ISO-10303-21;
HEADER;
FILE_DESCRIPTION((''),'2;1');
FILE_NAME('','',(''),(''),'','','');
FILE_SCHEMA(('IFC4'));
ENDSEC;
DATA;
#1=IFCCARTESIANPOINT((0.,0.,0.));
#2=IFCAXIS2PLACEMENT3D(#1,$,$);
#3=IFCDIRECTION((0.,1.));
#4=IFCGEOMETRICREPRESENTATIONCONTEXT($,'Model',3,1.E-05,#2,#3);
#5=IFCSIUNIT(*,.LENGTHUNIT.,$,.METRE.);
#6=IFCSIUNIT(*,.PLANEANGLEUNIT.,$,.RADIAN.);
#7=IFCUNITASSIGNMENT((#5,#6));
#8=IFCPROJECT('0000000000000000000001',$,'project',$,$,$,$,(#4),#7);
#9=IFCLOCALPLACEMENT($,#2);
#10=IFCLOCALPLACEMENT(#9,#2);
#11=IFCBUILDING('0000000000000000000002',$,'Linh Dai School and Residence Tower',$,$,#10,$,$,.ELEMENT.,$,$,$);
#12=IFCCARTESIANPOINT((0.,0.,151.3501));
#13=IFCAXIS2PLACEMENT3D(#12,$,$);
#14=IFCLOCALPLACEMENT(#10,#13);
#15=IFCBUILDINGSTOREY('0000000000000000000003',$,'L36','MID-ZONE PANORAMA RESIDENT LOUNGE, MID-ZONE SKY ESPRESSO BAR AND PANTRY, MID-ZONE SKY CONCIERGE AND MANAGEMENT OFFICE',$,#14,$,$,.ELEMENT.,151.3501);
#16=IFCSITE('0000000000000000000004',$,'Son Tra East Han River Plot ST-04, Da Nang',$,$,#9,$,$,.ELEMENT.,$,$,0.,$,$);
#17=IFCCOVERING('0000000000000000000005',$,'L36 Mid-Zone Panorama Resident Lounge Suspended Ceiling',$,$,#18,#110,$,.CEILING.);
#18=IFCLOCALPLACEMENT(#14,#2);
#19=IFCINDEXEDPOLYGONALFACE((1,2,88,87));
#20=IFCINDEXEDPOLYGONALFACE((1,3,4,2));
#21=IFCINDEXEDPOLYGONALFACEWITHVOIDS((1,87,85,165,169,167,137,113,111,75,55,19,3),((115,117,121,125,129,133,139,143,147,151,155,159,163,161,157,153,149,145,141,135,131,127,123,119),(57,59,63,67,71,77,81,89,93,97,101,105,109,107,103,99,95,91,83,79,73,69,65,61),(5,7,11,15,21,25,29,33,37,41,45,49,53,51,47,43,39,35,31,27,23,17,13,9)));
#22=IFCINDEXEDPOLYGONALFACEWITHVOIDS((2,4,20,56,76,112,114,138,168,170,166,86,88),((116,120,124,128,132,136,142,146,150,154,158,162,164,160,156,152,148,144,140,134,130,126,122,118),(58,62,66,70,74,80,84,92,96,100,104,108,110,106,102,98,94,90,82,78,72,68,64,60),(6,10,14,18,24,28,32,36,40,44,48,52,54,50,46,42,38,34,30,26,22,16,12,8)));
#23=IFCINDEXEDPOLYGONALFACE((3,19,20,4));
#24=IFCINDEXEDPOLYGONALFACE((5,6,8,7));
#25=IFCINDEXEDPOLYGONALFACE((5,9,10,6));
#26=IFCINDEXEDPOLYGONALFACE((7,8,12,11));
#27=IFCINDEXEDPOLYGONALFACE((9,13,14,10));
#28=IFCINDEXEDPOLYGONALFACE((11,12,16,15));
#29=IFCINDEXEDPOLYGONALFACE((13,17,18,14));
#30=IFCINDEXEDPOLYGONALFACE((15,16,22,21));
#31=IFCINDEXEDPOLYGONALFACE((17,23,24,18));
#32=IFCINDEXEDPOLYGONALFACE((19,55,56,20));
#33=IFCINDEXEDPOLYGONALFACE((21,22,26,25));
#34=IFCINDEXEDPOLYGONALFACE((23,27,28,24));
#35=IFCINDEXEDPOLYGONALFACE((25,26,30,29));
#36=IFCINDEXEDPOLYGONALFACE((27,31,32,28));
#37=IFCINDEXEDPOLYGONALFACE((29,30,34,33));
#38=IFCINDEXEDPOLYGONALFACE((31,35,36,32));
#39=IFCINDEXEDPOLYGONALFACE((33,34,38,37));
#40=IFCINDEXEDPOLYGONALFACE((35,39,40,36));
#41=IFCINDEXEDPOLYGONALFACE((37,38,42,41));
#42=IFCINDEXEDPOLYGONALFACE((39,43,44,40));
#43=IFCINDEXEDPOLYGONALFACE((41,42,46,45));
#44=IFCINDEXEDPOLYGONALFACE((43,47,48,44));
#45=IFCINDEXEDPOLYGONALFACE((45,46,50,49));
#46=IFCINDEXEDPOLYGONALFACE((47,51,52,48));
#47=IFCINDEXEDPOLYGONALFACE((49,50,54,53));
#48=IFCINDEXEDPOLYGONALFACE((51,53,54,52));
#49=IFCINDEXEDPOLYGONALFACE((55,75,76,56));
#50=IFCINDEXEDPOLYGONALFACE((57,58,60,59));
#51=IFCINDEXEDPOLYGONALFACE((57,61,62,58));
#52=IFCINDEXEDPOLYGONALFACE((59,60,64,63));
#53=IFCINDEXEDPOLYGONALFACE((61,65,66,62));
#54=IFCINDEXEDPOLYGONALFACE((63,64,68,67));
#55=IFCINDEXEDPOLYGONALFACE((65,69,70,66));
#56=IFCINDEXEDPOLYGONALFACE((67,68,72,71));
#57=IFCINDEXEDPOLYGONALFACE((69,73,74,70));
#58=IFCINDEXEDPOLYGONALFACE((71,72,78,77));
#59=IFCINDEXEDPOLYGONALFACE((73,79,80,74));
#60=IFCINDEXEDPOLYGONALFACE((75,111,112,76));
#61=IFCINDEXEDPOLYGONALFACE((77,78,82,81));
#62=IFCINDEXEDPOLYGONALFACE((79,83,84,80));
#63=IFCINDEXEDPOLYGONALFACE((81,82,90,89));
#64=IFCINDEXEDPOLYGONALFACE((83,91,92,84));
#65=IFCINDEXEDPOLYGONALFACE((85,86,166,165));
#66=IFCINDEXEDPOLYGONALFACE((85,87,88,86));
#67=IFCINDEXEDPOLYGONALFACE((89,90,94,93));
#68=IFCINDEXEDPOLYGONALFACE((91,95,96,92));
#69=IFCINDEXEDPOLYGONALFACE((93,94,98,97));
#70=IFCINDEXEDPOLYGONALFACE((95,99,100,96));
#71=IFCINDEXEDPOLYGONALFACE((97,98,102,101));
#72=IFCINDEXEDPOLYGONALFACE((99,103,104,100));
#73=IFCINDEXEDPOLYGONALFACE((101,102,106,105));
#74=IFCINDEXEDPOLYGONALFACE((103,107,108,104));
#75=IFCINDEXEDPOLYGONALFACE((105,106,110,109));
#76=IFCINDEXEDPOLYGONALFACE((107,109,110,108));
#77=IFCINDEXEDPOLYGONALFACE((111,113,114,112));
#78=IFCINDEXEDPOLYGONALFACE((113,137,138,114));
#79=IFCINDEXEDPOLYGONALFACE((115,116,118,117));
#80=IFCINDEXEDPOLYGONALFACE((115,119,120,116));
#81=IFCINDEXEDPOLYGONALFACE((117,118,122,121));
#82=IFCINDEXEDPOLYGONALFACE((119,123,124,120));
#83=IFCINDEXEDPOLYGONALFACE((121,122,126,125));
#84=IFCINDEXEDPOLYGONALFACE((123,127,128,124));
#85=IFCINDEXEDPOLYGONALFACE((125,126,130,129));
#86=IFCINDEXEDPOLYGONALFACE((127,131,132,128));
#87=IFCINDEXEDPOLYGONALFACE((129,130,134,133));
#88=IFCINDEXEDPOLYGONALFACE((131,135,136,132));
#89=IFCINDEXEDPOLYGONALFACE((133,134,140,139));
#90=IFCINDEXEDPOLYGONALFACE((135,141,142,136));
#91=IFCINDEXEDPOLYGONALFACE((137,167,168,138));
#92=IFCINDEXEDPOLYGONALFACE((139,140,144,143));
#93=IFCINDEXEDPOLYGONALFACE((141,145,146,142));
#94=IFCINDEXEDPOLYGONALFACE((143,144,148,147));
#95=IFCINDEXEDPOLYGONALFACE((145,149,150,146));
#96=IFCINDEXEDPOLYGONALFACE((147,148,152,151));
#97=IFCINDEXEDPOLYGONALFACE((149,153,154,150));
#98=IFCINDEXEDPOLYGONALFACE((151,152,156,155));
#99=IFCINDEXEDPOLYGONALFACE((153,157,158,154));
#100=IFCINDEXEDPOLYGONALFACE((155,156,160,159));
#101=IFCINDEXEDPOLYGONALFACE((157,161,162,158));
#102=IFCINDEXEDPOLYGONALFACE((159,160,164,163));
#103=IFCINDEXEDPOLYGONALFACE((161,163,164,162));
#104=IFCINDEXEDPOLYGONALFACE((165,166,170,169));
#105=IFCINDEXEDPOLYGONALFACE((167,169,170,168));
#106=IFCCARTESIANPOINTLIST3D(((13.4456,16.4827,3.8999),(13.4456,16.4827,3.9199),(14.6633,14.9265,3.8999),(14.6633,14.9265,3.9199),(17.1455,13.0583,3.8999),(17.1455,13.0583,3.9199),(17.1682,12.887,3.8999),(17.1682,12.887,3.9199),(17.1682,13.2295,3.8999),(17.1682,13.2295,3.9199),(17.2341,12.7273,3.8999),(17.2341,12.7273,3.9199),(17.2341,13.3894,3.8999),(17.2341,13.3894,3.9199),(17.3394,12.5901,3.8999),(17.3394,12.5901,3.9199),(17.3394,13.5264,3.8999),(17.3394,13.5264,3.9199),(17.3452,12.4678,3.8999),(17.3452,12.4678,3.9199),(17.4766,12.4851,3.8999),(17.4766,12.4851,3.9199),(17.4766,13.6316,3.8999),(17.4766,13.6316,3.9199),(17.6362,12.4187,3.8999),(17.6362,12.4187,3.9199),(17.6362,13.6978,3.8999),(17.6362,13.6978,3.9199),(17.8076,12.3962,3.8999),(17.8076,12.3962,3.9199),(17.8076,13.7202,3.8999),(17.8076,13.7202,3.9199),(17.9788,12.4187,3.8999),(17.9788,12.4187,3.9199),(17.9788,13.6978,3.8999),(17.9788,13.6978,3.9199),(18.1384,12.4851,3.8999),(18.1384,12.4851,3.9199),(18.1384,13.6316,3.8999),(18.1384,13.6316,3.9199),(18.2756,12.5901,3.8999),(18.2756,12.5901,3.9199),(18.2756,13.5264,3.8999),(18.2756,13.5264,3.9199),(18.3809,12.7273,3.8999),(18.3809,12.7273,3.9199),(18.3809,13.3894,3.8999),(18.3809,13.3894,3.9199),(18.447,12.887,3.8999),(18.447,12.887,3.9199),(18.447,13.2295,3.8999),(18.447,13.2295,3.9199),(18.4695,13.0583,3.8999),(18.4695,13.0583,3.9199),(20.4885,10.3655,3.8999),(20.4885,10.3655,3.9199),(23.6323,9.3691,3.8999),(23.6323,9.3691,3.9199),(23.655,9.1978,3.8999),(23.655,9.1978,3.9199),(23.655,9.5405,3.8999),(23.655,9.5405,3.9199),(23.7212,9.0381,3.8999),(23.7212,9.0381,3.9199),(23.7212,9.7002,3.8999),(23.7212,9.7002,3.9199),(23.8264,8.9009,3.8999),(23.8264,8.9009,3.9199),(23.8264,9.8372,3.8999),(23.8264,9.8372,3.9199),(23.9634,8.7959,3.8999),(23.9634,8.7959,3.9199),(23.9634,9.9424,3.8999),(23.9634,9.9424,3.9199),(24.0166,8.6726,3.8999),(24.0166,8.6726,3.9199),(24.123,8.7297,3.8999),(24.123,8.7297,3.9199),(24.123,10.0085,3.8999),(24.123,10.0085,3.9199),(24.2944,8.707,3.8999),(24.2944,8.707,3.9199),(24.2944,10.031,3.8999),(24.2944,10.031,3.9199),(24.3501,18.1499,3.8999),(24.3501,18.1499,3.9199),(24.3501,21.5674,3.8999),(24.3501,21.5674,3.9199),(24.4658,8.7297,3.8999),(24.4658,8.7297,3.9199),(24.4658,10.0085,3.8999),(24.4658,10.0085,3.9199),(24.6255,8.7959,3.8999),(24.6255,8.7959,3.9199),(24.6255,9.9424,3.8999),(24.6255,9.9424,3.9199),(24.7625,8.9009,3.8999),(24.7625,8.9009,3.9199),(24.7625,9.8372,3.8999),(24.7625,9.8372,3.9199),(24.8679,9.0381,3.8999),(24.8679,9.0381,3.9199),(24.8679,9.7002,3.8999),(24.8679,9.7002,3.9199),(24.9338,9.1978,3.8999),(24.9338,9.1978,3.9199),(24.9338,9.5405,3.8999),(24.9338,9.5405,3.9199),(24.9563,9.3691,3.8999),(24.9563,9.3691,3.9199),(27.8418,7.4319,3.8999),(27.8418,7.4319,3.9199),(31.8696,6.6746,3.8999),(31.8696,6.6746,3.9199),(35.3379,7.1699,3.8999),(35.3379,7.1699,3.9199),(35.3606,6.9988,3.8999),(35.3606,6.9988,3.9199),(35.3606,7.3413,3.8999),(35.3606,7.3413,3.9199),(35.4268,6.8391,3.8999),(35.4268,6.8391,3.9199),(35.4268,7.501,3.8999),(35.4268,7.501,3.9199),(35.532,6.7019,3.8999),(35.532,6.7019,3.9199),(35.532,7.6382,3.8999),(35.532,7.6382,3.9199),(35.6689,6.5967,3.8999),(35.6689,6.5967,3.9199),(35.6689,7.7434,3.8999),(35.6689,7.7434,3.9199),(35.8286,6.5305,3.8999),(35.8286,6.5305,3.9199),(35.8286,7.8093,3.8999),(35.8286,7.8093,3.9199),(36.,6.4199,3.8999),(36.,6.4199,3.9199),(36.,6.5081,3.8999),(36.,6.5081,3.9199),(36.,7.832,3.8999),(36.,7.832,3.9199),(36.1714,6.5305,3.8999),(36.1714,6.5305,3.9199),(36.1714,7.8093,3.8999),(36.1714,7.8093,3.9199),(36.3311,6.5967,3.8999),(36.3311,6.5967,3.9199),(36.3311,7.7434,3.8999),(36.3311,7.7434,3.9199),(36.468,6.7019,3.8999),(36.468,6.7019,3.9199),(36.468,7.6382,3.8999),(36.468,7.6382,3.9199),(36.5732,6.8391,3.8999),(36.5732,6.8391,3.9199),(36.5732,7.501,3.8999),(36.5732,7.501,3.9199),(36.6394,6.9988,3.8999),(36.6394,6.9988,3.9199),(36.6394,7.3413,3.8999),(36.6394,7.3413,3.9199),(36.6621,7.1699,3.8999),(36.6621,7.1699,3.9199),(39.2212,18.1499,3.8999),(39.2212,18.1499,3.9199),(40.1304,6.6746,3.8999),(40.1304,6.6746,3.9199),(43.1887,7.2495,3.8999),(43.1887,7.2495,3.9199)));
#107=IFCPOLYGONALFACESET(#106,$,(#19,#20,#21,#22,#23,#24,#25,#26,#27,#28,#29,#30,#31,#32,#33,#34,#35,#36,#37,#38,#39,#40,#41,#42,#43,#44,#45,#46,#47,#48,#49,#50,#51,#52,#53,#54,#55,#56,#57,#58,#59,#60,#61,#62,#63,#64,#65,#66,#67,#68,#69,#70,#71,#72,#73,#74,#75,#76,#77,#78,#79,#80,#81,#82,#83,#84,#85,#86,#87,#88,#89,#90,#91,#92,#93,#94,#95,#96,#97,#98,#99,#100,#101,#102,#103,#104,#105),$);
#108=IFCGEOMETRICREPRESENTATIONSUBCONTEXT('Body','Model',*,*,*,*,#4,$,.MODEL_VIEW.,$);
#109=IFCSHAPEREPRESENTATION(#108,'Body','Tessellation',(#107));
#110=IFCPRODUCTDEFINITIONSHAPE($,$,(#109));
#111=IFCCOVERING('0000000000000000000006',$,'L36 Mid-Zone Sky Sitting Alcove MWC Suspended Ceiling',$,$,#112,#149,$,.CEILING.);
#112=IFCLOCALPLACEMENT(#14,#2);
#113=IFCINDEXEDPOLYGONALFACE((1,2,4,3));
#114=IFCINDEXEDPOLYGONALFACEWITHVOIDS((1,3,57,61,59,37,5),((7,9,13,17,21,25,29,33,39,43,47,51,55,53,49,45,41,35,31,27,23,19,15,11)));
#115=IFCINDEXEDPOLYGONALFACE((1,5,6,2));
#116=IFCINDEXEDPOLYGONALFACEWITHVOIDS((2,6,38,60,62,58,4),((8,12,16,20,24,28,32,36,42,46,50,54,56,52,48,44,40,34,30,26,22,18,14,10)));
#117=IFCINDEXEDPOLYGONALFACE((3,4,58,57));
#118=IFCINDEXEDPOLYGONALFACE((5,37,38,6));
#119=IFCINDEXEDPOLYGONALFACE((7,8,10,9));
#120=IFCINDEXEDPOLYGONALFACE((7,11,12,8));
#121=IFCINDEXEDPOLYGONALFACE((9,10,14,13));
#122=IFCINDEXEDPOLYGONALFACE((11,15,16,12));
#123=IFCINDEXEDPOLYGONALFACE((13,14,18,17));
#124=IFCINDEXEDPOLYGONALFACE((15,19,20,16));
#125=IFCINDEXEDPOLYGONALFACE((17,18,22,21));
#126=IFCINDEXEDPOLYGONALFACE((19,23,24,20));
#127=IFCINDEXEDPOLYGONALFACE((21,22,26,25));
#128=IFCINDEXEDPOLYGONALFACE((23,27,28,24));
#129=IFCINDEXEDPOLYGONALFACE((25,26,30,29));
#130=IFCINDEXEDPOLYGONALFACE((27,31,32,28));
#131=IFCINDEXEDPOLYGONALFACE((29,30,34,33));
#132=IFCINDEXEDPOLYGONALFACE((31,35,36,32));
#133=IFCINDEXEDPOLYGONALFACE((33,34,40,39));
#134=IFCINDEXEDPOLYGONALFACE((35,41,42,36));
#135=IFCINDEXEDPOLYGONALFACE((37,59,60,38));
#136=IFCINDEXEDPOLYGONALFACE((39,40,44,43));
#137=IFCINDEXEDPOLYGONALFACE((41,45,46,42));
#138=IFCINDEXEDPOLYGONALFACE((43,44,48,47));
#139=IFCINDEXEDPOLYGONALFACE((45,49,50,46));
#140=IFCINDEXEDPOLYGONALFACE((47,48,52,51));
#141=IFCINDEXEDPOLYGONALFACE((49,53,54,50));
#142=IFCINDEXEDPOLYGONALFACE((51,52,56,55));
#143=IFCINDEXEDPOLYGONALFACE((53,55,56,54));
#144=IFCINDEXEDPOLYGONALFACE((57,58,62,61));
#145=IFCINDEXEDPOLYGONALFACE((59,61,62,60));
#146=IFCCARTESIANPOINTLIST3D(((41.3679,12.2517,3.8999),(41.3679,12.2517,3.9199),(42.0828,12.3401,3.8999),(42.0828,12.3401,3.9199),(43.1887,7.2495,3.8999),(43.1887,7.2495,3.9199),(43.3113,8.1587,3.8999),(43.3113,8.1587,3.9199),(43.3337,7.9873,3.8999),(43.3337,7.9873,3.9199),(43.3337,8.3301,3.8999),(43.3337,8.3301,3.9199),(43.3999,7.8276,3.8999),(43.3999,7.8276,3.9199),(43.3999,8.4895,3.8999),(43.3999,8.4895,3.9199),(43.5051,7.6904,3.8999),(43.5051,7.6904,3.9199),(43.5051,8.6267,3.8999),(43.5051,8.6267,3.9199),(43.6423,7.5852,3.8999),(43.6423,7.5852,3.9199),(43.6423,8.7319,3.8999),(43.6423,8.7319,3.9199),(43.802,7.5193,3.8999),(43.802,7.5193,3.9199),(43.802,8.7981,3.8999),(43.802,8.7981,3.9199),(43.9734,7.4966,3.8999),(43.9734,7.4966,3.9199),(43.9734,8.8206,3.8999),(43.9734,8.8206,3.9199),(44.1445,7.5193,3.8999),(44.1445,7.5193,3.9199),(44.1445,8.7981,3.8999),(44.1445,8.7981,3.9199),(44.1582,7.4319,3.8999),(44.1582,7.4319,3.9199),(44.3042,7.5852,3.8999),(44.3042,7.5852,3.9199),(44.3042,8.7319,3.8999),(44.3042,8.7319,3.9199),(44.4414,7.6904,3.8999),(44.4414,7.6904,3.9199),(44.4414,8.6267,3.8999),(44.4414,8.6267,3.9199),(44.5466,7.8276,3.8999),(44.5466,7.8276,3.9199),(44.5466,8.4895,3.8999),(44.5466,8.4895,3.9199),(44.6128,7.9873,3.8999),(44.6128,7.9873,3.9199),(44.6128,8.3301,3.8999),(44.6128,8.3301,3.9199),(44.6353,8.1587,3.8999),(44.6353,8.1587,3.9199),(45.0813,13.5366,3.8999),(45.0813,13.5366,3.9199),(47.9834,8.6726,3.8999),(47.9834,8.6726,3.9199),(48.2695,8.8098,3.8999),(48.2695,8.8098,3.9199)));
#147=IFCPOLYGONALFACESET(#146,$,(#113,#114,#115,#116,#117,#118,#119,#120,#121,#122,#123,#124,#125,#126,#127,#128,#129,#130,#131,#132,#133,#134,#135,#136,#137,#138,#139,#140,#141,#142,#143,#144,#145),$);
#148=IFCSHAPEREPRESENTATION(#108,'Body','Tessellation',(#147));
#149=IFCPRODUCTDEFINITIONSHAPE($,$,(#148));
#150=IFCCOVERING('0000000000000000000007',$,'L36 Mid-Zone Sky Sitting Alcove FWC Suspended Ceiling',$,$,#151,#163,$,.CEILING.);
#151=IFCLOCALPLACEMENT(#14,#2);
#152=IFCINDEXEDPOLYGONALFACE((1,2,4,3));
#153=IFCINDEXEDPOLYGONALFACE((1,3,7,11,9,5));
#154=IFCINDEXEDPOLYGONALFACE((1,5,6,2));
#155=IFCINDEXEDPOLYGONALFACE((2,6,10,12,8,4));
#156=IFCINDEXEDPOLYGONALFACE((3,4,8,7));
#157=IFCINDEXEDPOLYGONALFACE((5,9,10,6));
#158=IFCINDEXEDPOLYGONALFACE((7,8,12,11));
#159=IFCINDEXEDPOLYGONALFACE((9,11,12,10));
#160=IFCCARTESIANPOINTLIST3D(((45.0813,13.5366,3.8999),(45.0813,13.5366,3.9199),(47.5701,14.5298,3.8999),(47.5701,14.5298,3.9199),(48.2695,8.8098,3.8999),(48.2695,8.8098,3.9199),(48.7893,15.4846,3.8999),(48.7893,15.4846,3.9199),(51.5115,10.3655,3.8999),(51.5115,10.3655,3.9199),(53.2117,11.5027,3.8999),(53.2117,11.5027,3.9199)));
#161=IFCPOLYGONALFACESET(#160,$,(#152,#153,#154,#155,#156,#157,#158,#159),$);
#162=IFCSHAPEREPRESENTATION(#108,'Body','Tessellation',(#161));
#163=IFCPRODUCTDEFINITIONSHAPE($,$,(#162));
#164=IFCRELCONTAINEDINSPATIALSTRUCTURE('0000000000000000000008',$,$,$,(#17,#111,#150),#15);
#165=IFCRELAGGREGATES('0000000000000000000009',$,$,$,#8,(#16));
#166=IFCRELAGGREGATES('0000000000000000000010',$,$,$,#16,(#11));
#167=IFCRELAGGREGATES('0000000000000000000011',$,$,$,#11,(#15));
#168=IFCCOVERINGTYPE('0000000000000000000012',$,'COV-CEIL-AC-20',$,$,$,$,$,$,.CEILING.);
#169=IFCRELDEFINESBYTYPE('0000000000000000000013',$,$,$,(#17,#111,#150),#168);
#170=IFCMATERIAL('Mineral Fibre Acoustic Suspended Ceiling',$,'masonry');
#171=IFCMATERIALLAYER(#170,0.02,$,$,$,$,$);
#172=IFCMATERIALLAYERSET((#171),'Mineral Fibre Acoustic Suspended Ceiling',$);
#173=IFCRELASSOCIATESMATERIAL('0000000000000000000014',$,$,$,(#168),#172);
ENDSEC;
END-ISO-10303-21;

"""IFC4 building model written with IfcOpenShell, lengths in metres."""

from ifc_helpers import new_model, si_unit, direction, frame, origin, place, context, subcontext, project, spatial, polyline, outline, extrude, material, layer, layer_set, type_object, element, save


model = new_model("IFC4")

# Units and contexts
model_context = context("Model", 3, precision=1e-05, world=origin(), true_north=direction((0.0, 1.0)))
body_context = subcontext(model_context, "Body", "Model", "MODEL_VIEW")
ifc_project = project(units=[si_unit("LENGTHUNIT", "METRE"), si_unit("PLANEANGLEUNIT", "RADIAN")], contexts=[model_context])

# Site, building, storey
site_placement = place(None, origin())
site = spatial("IfcSite", under=ifc_project, at=site_placement, Name="Son Tra East Han River Plot ST-04, Da Nang", CompositionType="ELEMENT", RefElevation=0.0)
building_placement = place(site_placement, origin())
building = spatial("IfcBuilding", under=site, at=building_placement, Name="Linh Dai School and Residence Tower", CompositionType="ELEMENT")
storey_placement = place(building_placement, frame((0.0, 0.0, 151.3501)))
storey = spatial("IfcBuildingStorey", under=building, at=storey_placement, Name="L36", Description="MID-ZONE PANORAMA RESIDENT LOUNGE, MID-ZONE SKY ESPRESSO BAR AND PANTRY, MID-ZONE SKY CONCIERGE AND MANAGEMENT OFFICE", CompositionType="ELEMENT", Elevation=151.3501)

# Coverings
ifc_material_1 = material(Name="Mineral Fibre Acoustic Suspended Ceiling", Category="masonry")
ifc_layer_1 = layer(ifc_material_1, 0.02)
ifc_layer_set_1 = layer_set([ifc_layer_1], Name="Mineral Fibre Acoustic Suspended Ceiling")
covering_type_1 = type_object("IfcCoveringType", Name="COV-CEIL-AC-20", PredefinedType="CEILING", material=ifc_layer_set_1)
covering_1_placement = place(storey_placement, frame((0.0, 0.0, 3.8999)))
element("IfcCovering", 1, at=covering_1_placement, inside=storey, type_object=covering_type_1, Name="L36 Mid-Zone Panorama Resident Lounge Suspended Ceiling", PredefinedType="CEILING", context=body_context, shape_type="SweptSolid", body=[
    extrude(outline(polyline([(36.0, 6.4199), (31.8696, 6.6746), (27.8418, 7.4319), (24.0166, 8.6726), (20.4885, 10.3655), (17.3452, 12.4678), (14.6633, 14.9265), (13.4456, 16.4827), (24.3501, 21.5674), (24.3501, 18.1499), (39.2212, 18.1499), (43.1887, 7.2495), (40.1304, 6.6746), (36.0, 6.4199)]), holes=[polyline([(36.6394, 6.9988), (36.6621, 7.1699), (36.6394, 7.3413), (36.5732, 7.501), (36.468, 7.6382), (36.3311, 7.7434), (36.1714, 7.8093), (36.0, 7.832), (35.8286, 7.8093), (35.6689, 7.7434), (35.532, 7.6382), (35.4268, 7.501), (35.3606, 7.3413), (35.3379, 7.1699), (35.3606, 6.9988), (35.4268, 6.8391), (35.532, 6.7019), (35.6689, 6.5967), (35.8286, 6.5305), (36.0, 6.5081), (36.1714, 6.5305), (36.3311, 6.5967), (36.468, 6.7019), (36.5732, 6.8391), (36.6394, 6.9988)]), polyline([(24.8679, 9.0381), (24.9338, 9.1978), (24.9563, 9.3691), (24.9338, 9.5405), (24.8679, 9.7002), (24.7625, 9.8372), (24.6255, 9.9424), (24.4658, 10.0085), (24.2944, 10.031), (24.123, 10.0085), (23.9634, 9.9424), (23.8264, 9.8372), (23.7212, 9.7002), (23.655, 9.5405), (23.6323, 9.3691), (23.655, 9.1978), (23.7212, 9.0381), (23.8264, 8.9009), (23.9634, 8.7959), (24.123, 8.7297), (24.2944, 8.707), (24.4658, 8.7297), (24.6255, 8.7959), (24.7625, 8.9009), (24.8679, 9.0381)]), polyline([(18.3809, 12.7273), (18.447, 12.887), (18.4695, 13.0583), (18.447, 13.2295), (18.3809, 13.3894), (18.2756, 13.5264), (18.1384, 13.6316), (17.9788, 13.6978), (17.8076, 13.7202), (17.6362, 13.6978), (17.4766, 13.6316), (17.3394, 13.5264), (17.2341, 13.3894), (17.1682, 13.2295), (17.1455, 13.0583), (17.1682, 12.887), (17.2341, 12.7273), (17.3394, 12.5901), (17.4766, 12.4851), (17.6362, 12.4187), (17.8076, 12.3962), (17.9788, 12.4187), (18.1384, 12.4851), (18.2756, 12.5901), (18.3809, 12.7273)])]), origin(), (0.0, 0.0, 1.0), 0.02),
])
covering_2_placement = place(storey_placement, frame((0.0, 0.0, 3.8999)))
element("IfcCovering", 2, at=covering_2_placement, inside=storey, type_object=covering_type_1, Name="L36 Mid-Zone Sky Sitting Alcove MWC Suspended Ceiling", PredefinedType="CEILING", context=body_context, shape_type="SweptSolid", body=[
    extrude(outline(polyline([(42.0828, 12.3401), (45.0813, 13.5366), (48.2695, 8.8098), (47.9834, 8.6726), (44.1582, 7.4319), (43.1887, 7.2495), (41.3679, 12.2517), (42.0828, 12.3401)]), holes=[polyline([(44.6128, 8.3301), (44.5466, 8.4895), (44.4414, 8.6267), (44.3042, 8.7319), (44.1445, 8.7981), (43.9734, 8.8206), (43.802, 8.7981), (43.6423, 8.7319), (43.5051, 8.6267), (43.3999, 8.4895), (43.3337, 8.3301), (43.3113, 8.1587), (43.3337, 7.9873), (43.3999, 7.8276), (43.5051, 7.6904), (43.6423, 7.5852), (43.802, 7.5193), (43.9734, 7.4966), (44.1445, 7.5193), (44.3042, 7.5852), (44.4414, 7.6904), (44.5466, 7.8276), (44.6128, 7.9873), (44.6353, 8.1587), (44.6128, 8.3301)])]), origin(), (0.0, 0.0, 1.0), 0.02),
])
covering_3_placement = place(storey_placement, frame((0.0, 0.0, 3.8999)))
element("IfcCovering", 3, at=covering_3_placement, inside=storey, type_object=covering_type_1, Name="L36 Mid-Zone Sky Sitting Alcove FWC Suspended Ceiling", PredefinedType="CEILING", context=body_context, shape_type="SweptSolid", body=[
    extrude(outline(polyline([(48.2695, 8.8098), (45.0813, 13.5366), (47.5701, 14.5298), (48.7893, 15.4846), (53.2117, 11.5027), (51.5115, 10.3655), (48.2695, 8.8098)])), origin(), (0.0, 0.0, 1.0), 0.02),
])

save(model, "model.ifc")
